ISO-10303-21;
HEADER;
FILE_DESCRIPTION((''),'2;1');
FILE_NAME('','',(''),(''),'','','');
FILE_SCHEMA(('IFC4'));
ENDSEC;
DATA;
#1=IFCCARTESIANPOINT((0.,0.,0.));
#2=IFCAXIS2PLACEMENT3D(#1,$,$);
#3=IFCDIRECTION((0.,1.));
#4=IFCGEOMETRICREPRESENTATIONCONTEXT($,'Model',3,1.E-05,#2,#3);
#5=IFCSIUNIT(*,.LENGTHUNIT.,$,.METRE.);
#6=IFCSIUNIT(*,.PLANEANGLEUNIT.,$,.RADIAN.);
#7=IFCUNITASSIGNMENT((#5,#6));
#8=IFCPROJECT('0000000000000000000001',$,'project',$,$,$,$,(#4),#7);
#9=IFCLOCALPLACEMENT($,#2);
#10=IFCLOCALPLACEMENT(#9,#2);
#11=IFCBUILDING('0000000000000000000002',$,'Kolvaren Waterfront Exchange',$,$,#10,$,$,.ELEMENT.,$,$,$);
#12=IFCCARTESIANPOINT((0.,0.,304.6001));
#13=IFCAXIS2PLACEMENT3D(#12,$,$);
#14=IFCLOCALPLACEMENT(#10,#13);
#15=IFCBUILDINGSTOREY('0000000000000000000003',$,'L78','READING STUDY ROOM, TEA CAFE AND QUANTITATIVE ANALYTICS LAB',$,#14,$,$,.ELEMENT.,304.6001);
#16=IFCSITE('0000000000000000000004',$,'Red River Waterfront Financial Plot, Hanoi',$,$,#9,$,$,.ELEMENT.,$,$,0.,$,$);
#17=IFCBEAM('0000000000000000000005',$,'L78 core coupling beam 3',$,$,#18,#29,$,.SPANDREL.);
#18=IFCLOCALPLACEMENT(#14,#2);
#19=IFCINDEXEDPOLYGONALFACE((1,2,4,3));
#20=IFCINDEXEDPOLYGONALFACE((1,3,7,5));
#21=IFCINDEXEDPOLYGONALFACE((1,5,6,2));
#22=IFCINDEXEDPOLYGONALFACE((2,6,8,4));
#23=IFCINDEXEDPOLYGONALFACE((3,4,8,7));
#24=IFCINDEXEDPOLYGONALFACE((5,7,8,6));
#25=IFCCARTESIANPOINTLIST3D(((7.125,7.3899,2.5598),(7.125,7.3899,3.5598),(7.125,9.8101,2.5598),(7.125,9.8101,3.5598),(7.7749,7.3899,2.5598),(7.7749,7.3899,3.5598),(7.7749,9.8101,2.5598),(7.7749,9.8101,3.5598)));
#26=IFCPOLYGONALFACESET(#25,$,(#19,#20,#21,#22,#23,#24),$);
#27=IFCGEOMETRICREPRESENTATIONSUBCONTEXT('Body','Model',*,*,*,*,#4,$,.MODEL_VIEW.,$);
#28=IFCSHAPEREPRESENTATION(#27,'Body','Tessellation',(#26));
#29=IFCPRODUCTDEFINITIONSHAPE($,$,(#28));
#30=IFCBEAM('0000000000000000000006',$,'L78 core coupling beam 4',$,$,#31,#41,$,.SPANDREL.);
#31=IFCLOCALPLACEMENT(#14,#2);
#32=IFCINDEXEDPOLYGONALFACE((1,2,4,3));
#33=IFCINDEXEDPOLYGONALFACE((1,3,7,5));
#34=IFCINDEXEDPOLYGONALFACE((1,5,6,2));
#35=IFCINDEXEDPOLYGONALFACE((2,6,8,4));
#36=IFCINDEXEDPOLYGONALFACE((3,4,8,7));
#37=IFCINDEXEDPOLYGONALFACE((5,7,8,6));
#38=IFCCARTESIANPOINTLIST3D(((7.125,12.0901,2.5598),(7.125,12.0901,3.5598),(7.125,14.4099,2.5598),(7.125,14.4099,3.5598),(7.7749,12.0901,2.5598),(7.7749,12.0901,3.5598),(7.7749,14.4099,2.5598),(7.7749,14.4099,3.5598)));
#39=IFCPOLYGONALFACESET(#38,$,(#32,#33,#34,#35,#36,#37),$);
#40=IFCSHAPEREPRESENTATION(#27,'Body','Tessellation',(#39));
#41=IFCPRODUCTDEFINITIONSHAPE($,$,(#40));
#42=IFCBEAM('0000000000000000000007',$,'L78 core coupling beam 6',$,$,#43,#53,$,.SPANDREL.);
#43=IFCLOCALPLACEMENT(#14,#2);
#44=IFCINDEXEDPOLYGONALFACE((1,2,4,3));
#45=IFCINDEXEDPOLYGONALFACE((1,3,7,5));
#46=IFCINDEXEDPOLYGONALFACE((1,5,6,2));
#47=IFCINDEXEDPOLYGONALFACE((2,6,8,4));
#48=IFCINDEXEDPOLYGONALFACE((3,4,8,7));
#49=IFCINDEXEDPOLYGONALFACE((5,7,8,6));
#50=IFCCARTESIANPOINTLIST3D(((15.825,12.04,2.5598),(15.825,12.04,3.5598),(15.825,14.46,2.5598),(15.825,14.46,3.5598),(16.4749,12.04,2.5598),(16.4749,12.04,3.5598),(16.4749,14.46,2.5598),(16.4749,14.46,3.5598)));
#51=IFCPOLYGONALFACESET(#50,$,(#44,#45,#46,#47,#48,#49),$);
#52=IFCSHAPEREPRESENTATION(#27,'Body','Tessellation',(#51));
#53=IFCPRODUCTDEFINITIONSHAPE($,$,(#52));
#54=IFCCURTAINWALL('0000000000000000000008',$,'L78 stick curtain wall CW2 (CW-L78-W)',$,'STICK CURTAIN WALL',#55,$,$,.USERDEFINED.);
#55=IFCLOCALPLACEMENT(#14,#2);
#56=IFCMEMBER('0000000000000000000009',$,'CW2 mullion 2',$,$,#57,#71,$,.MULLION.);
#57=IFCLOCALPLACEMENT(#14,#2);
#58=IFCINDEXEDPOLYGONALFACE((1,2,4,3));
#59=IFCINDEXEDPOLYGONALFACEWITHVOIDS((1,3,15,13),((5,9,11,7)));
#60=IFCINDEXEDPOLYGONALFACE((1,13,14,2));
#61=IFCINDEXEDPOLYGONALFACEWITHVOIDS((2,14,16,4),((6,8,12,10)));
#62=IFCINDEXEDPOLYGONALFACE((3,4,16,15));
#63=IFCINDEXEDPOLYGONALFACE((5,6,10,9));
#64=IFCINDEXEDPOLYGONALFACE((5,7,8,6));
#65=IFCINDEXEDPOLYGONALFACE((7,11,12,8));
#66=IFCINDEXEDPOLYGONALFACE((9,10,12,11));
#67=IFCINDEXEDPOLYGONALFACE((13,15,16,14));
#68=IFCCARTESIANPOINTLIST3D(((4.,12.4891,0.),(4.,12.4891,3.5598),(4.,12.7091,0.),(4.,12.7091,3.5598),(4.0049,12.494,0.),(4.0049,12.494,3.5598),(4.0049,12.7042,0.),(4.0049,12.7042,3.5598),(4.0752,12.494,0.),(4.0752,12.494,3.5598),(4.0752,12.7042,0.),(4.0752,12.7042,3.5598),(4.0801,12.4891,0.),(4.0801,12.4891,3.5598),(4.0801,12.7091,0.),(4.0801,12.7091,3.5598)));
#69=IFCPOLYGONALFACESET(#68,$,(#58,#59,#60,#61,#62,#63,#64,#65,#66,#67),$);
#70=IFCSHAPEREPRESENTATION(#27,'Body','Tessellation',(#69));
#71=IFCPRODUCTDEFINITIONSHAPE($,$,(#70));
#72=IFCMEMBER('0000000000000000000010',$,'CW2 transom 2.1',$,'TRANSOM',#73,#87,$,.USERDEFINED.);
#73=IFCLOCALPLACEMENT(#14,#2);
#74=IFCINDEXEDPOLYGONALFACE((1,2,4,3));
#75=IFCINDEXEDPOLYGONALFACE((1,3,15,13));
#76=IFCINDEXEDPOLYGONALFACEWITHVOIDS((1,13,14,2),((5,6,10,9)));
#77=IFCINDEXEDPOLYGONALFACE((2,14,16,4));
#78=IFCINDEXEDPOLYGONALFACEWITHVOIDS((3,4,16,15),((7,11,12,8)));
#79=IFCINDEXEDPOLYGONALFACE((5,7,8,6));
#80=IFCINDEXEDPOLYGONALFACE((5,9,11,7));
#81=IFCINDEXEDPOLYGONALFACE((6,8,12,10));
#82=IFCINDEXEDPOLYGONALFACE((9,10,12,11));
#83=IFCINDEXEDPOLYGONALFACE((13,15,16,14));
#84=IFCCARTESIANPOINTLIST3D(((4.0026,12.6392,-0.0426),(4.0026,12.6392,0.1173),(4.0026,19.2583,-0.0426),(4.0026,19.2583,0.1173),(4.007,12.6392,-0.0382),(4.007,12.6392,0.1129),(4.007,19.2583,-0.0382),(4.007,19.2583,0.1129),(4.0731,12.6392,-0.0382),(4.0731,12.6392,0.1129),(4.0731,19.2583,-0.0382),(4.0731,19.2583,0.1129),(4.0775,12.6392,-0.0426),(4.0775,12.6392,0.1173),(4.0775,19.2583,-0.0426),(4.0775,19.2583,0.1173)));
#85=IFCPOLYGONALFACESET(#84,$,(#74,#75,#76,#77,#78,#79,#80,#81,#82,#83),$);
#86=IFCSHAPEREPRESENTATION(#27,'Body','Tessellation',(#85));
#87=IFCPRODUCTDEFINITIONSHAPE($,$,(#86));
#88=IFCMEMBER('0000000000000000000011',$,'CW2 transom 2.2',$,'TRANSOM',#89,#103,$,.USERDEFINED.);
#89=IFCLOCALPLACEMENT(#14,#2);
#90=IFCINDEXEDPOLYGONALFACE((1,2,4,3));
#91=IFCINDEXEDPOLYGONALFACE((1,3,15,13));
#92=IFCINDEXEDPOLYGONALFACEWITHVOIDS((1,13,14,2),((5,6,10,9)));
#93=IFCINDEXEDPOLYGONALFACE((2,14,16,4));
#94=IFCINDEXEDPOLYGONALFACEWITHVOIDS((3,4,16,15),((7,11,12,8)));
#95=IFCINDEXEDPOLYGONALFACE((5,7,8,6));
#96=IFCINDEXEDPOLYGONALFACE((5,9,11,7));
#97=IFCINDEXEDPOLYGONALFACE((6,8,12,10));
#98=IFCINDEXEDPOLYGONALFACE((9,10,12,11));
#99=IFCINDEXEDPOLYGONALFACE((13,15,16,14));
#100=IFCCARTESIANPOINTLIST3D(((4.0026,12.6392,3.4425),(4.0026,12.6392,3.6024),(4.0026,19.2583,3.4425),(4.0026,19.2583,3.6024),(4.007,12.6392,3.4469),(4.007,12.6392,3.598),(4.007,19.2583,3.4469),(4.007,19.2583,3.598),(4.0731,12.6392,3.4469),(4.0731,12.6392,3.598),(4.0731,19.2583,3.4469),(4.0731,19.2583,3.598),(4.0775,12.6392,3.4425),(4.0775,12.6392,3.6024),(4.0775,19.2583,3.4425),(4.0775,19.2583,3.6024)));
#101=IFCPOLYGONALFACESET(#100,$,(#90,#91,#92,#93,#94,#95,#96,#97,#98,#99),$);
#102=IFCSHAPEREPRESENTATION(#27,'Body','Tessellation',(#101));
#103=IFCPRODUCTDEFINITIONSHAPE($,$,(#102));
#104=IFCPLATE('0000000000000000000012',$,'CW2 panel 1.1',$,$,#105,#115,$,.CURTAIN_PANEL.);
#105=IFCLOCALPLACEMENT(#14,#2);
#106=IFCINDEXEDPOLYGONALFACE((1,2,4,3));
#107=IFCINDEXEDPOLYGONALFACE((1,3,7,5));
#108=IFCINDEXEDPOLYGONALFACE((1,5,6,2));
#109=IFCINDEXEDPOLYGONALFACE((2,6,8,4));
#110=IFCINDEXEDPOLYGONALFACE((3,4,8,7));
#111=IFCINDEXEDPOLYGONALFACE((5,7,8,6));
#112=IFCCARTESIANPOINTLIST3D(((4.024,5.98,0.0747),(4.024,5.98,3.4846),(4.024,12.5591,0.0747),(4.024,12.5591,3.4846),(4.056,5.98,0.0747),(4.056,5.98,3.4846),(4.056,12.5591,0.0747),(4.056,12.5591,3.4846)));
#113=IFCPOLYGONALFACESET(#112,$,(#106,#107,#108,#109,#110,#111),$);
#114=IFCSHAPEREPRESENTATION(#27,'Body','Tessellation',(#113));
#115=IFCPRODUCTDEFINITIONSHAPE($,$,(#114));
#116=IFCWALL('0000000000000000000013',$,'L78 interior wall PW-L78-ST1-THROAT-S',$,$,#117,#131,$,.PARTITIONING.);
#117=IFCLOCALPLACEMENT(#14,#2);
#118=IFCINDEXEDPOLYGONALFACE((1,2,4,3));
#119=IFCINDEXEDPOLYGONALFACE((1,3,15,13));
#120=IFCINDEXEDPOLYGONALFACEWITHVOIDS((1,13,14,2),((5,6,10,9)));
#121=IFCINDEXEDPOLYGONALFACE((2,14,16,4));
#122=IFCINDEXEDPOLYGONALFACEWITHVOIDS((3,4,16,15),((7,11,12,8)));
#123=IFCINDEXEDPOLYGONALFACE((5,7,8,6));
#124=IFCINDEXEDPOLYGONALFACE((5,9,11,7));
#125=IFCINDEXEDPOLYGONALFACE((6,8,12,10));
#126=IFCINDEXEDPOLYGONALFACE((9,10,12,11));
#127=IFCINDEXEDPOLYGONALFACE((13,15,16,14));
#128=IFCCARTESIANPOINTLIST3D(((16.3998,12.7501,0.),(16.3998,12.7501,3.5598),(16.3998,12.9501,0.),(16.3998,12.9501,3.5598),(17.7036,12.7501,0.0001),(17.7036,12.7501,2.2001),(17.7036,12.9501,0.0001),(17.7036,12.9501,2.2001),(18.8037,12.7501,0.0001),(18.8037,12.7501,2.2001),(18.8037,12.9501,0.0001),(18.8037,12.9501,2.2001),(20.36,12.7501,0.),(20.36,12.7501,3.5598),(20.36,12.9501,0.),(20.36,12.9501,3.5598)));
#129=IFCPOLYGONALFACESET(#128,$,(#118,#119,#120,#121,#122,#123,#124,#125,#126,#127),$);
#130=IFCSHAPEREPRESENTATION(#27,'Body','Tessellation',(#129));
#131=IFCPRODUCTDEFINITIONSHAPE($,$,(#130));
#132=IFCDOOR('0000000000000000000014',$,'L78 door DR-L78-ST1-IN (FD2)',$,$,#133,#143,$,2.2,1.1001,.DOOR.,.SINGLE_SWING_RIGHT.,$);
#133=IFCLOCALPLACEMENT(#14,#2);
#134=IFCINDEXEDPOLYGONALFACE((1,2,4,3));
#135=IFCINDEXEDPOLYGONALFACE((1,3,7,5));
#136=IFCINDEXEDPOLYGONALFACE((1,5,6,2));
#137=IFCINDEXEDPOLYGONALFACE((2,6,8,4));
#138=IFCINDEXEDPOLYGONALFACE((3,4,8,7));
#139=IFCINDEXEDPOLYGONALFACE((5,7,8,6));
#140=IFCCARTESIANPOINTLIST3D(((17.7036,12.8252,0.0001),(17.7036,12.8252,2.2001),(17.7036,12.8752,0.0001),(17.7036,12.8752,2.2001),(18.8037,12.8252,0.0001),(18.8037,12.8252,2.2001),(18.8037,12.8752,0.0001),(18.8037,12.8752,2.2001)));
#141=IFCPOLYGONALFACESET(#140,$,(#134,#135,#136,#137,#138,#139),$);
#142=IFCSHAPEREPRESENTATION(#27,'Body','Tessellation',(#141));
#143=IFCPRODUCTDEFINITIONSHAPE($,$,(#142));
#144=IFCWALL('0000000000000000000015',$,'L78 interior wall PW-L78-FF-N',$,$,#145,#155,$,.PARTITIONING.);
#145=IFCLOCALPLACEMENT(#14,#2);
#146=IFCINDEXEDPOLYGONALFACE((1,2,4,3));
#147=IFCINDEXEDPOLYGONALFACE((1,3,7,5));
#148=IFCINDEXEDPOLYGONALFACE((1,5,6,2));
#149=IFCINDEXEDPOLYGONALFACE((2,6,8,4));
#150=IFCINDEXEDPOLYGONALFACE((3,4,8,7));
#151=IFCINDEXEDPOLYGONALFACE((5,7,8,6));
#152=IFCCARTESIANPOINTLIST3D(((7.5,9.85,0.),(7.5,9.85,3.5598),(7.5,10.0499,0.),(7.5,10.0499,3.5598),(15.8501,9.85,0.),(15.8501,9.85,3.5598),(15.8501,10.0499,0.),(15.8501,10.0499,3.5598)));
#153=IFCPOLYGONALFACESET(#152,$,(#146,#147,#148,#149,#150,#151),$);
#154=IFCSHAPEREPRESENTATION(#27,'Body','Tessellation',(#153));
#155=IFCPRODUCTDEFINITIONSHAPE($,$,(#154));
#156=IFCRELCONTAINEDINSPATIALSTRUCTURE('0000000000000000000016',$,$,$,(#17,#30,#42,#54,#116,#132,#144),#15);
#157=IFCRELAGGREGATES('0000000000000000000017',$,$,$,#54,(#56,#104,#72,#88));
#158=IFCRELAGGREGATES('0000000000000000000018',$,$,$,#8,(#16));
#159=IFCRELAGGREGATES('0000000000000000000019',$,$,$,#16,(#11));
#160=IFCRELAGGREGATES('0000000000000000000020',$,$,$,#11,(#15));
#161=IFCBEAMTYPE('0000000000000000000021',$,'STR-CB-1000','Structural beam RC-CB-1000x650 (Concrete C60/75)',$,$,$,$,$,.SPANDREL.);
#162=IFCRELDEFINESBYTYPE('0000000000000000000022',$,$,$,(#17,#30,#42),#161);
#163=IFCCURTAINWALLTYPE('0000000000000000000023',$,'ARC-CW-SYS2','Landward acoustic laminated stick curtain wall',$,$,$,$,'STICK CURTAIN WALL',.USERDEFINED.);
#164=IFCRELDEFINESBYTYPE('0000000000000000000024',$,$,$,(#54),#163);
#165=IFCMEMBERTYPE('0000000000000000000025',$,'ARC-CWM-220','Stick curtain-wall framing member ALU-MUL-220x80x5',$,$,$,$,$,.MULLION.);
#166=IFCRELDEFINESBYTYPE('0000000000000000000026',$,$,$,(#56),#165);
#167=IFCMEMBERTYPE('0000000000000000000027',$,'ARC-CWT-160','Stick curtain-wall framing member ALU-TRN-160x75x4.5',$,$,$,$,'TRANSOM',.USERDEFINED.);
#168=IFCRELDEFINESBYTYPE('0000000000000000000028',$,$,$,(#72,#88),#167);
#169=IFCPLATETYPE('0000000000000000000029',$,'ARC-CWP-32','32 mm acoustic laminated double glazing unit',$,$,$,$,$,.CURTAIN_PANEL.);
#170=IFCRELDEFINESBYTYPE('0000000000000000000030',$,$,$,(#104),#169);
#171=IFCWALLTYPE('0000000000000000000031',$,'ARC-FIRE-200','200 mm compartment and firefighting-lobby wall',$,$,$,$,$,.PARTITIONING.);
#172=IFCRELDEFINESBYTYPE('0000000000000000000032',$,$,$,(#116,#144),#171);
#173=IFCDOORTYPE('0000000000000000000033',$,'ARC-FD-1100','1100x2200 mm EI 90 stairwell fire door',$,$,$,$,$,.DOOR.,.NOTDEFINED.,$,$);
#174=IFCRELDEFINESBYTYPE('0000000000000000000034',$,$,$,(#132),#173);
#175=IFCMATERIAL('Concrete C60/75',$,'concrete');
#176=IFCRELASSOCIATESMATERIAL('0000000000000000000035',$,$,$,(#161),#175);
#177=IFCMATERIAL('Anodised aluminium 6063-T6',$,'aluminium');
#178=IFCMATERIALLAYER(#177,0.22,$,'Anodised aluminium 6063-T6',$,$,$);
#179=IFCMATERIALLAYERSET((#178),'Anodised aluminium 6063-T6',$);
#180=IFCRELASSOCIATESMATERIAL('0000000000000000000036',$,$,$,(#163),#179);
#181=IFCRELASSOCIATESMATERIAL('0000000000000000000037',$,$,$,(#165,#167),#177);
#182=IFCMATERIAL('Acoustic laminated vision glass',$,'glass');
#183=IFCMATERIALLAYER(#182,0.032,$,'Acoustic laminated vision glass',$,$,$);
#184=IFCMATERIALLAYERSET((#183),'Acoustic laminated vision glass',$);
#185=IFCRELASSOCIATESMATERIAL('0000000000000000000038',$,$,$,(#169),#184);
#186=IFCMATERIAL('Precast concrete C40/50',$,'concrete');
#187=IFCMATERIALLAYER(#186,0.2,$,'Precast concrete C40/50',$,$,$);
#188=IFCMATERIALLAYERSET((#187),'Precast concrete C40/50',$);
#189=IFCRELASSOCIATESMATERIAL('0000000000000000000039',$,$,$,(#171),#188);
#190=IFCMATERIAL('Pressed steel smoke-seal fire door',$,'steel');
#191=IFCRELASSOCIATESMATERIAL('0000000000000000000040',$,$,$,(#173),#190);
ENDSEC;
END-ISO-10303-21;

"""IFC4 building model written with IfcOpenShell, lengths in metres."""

from ifc_helpers import new_model, si_unit, direction, frame, frame_2d, origin, origin_with_axes, origin_2d, place, context, subcontext, project, spatial, rectangle, hollow_rectangle, extrude, source, transform, mapped, material, layer, layer_set, material_profile, profile_set, type_object, element, fill, aggregate, save


model = new_model("IFC4")

# Units and contexts
model_context = context("Model", 3, precision=1e-05, world=origin(), true_north=direction((0.0, 1.0)))
body_context = subcontext(model_context, "Body", "Model", "MODEL_VIEW")
ifc_project = project(units=[si_unit("LENGTHUNIT", "METRE"), si_unit("PLANEANGLEUNIT", "RADIAN")], contexts=[model_context])

# Site, building, storey
site_placement = place(None, origin())
site = spatial("IfcSite", under=ifc_project, at=site_placement, Name="Red River Waterfront Financial Plot, Hanoi", CompositionType="ELEMENT", RefElevation=0.0)
building_placement = place(site_placement, origin())
building = spatial("IfcBuilding", under=site, at=building_placement, Name="Kolvaren Waterfront Exchange", CompositionType="ELEMENT")
storey_placement = place(building_placement, frame((0.0, 0.0, 304.6001)))
storey = spatial("IfcBuildingStorey", under=building, at=storey_placement, Name="L78", Description="READING STUDY ROOM, TEA CAFE AND QUANTITATIVE ANALYTICS LAB", CompositionType="ELEMENT", Elevation=304.6001)

# Beams
ifc_material_1 = material(Name="Concrete C60/75", Category="concrete")
ifc_material_profile_1 = material_profile(ifc_material_1, rectangle(XDim=0.6499, YDim=1.0, at=origin_2d()), Name="RC-CB-1000x650")
ifc_profile_set_1 = profile_set([ifc_material_profile_1], Name="Concrete C60/75")
beam_type = type_object("IfcBeamType", Name="STR-CB-1000", Description="Structural beam RC-CB-1000x650 (Concrete C60/75)", PredefinedType="SPANDREL", material=ifc_profile_set_1)
beam_1_placement = place(storey_placement, frame((7.45, 7.3899, 3.0598), z_axis=(0.0, 1.0, 0.0), x_axis=(-1.0, 0.0, 0.0)))
element("IfcBeam", 1, at=beam_1_placement, inside=storey, type_object=beam_type, Name="L78 core coupling beam 3", PredefinedType="SPANDREL", context=body_context, shape_type="SweptSolid", body=[
    extrude(rectangle(XDim=0.6499, YDim=1.0, at=origin_2d()), origin(), (0.0, 0.0, 1.0), 2.4202),
])
beam_2_placement = place(storey_placement, frame((7.45, 12.0901, 3.0598), z_axis=(0.0, 1.0, 0.0), x_axis=(-1.0, 0.0, 0.0)))
element("IfcBeam", 2, at=beam_2_placement, inside=storey, type_object=beam_type, Name="L78 core coupling beam 4", PredefinedType="SPANDREL", context=body_context, shape_type="SweptSolid", body=[
    extrude(rectangle(XDim=0.6499, YDim=1.0, at=origin_2d()), origin(), (0.0, 0.0, 1.0), 2.3198),
])
beam_3_placement = place(storey_placement, frame((16.1499, 12.04, 3.0598), z_axis=(0.0, 1.0, 0.0), x_axis=(-1.0, 0.0, 0.0)))
element("IfcBeam", 3, at=beam_3_placement, inside=storey, type_object=beam_type, Name="L78 core coupling beam 6", PredefinedType="SPANDREL", context=body_context, shape_type="SweptSolid", body=[
    extrude(rectangle(XDim=0.6499, YDim=1.0, at=origin_2d()), origin(), (0.0, 0.0, 1.0), 2.4199),
])

# Curtain wall, members, plate
ifc_material_2 = material(Name="Anodised aluminium 6063-T6", Category="aluminium")
ifc_layer_1 = layer(ifc_material_2, 0.22, Name="Anodised aluminium 6063-T6")
ifc_layer_set_1 = layer_set([ifc_layer_1], Name="Anodised aluminium 6063-T6")
curtain_wall_type = type_object("IfcCurtainWallType", Name="ARC-CW-SYS2", Description="Landward acoustic laminated stick curtain wall", ElementType="STICK CURTAIN WALL", PredefinedType="USERDEFINED", material=ifc_layer_set_1)
curtain_wall_placement = place(storey_placement, origin())
curtain_wall = element("IfcCurtainWall", 4, at=curtain_wall_placement, inside=storey, type_object=curtain_wall_type, Name="L78 stick curtain wall CW2 (CW-L78-W)", ObjectType="STICK CURTAIN WALL", PredefinedType="USERDEFINED")
ifc_material_profile_2 = material_profile(ifc_material_2, hollow_rectangle(XDim=0.0801, YDim=0.22, WallThickness=0.0049, at=origin_2d()), Name="ALU-MUL-220x80x5")
ifc_profile_set_2 = profile_set([ifc_material_profile_2], Name="Anodised aluminium 6063-T6")
member_type_1 = type_object("IfcMemberType", Name="ARC-CWM-220", Description="Stick curtain-wall framing member ALU-MUL-220x80x5", PredefinedType="MULLION", material=ifc_profile_set_2)
shared_shape_1 = source(origin_with_axes(), body_context, "Body", "SweptSolid", [
    extrude(hollow_rectangle(XDim=0.0801, YDim=0.22, WallThickness=0.0049, at=origin_2d()), origin(), (0.0, 0.0, 1.0), 3.5598),
])
member_1_placement = place(storey_placement, frame((4.04, 12.5991, 0.0), z_axis=(0.0, 0.0, 1.0), x_axis=(-1.0, 0.0, 0.0)))
member_1 = element("IfcMember", 5, at=member_1_placement, type_object=member_type_1, Name="CW2 mullion 2", PredefinedType="MULLION", context=body_context, shape_type="MappedRepresentation", body=[
    mapped(shared_shape_1, transform((0.0, 0.0, 0.0), x_axis=(1.0, 0.0, 0.0), y_axis=(0.0, 1.0, 0.0), z_axis=(0.0, 0.0, 1.0), scale=1.0)),
])
ifc_material_profile_3 = material_profile(ifc_material_2, hollow_rectangle(XDim=0.075, YDim=0.1599, WallThickness=0.0044, at=origin_2d()), Name="ALU-TRN-160x75x4.5")
ifc_profile_set_3 = profile_set([ifc_material_profile_3], Name="Anodised aluminium 6063-T6")
member_type_2 = type_object("IfcMemberType", Name="ARC-CWT-160", Description="Stick curtain-wall framing member ALU-TRN-160x75x4.5", ElementType="TRANSOM", PredefinedType="USERDEFINED", material=ifc_profile_set_3)
shared_shape_2 = source(origin_with_axes(), body_context, "Body", "SweptSolid", [
    extrude(hollow_rectangle(XDim=0.075, YDim=0.1599, WallThickness=0.0044, at=origin_2d()), origin(), (0.0, 0.0, 1.0), 6.6191),
])
member_2_placement = place(storey_placement, frame((4.04, 12.6392, 0.0374), z_axis=(0.0, 1.0, 0.0), x_axis=(-1.0, 0.0, 0.0)))
member_2 = element("IfcMember", 6, at=member_2_placement, type_object=member_type_2, Name="CW2 transom 2.1", ObjectType="TRANSOM", PredefinedType="USERDEFINED", context=body_context, shape_type="MappedRepresentation", body=[
    mapped(shared_shape_2, transform((0.0, 0.0, 0.0), x_axis=(1.0, 0.0, 0.0), y_axis=(0.0, 1.0, 0.0), z_axis=(0.0, 0.0, 1.0), scale=1.0)),
])
member_3_placement = place(storey_placement, frame((4.04, 12.6392, 3.5225), z_axis=(0.0, 1.0, 0.0), x_axis=(-1.0, 0.0, 0.0)))
member_3 = element("IfcMember", 7, at=member_3_placement, type_object=member_type_2, Name="CW2 transom 2.2", ObjectType="TRANSOM", PredefinedType="USERDEFINED", context=body_context, shape_type="MappedRepresentation", body=[
    mapped(shared_shape_2, transform((0.0, 0.0, 0.0), x_axis=(1.0, 0.0, 0.0), y_axis=(0.0, 1.0, 0.0), z_axis=(0.0, 0.0, 1.0), scale=1.0)),
])
ifc_material_3 = material(Name="Acoustic laminated vision glass", Category="glass")
ifc_layer_2 = layer(ifc_material_3, 0.032, Name="Acoustic laminated vision glass")
ifc_layer_set_2 = layer_set([ifc_layer_2], Name="Acoustic laminated vision glass")
plate_type = type_object("IfcPlateType", Name="ARC-CWP-32", Description="32 mm acoustic laminated double glazing unit", PredefinedType="CURTAIN_PANEL", material=ifc_layer_set_2)
shared_shape_3 = source(origin_with_axes(), body_context, "Body", "SweptSolid", [
    extrude(rectangle(XDim=6.5791, YDim=0.032, at=origin_2d()), origin(), (0.0, 0.0, 1.0), 3.4099),
])
plate_placement = place(storey_placement, frame((4.04, 9.2695, 0.0747), z_axis=(0.0, 0.0, 1.0), x_axis=(0.0, 1.0, 0.0)))
plate = element("IfcPlate", 8, at=plate_placement, type_object=plate_type, Name="CW2 panel 1.1", PredefinedType="CURTAIN_PANEL", context=body_context, shape_type="MappedRepresentation", body=[
    mapped(shared_shape_3, transform((0.0, 0.0, 0.0), x_axis=(1.0, 0.0, 0.0), y_axis=(0.0, 1.0, 0.0), z_axis=(0.0, 0.0, 1.0), scale=1.0)),
])
aggregate(curtain_wall, [member_1, plate, member_2, member_3])

# Wall, opening, door
ifc_material_4 = material(Name="Precast concrete C40/50", Category="concrete")
ifc_layer_3 = layer(ifc_material_4, 0.2, Name="Precast concrete C40/50")
ifc_layer_set_3 = layer_set([ifc_layer_3], Name="Precast concrete C40/50")
wall_type_1 = type_object("IfcWallType", Name="ARC-FIRE-200", Description="200 mm compartment and firefighting-lobby wall", PredefinedType="PARTITIONING", material=ifc_layer_set_3)
wall_1_placement = place(storey_placement, frame((16.3999, 12.8501, 0.0), z_axis=(0.0, 0.0, 1.0), x_axis=(1.0, 0.0, 0.0)))
wall_1 = element("IfcWall", 9, at=wall_1_placement, inside=storey, type_object=wall_type_1, Name="L78 interior wall PW-L78-ST1-THROAT-S", PredefinedType="PARTITIONING", context=body_context, shape_type="SweptSolid", body=[
    extrude(rectangle(XDim=3.9602, YDim=0.2, at=frame_2d((1.98, 0.0))), origin(), (0.0, 0.0, 1.0), 3.5598),
])
opening_1_placement = place(wall_1_placement, frame((1.3037, 0.0, 0.0)))
opening_1 = element("IfcOpeningElement", 10, at=opening_1_placement, cuts=wall_1, PredefinedType="OPENING", context=body_context, shape_type="SweptSolid", body=[
    extrude(rectangle(XDim=1.1001, YDim=2.2, at=frame_2d((0.55, 1.1001))), frame((0.0, 0.1099, 0.0), z_axis=(0.0, -1.0, 0.0), x_axis=(1.0, 0.0, 0.0)), (0.0, 0.0, 1.0), 0.22),
])
ifc_material_5 = material(Name="Pressed steel smoke-seal fire door", Category="steel")
door_type_1 = type_object("IfcDoorType", Name="ARC-FD-1100", Description="1100x2200 mm EI 90 stairwell fire door", OperationType="NOTDEFINED", PredefinedType="DOOR", material=ifc_material_5)
door_1_placement = place(opening_1_placement, frame((1.1001, 0.0, 0.0), z_axis=(0.0, 0.0, 1.0), x_axis=(-1.0, 0.0, 0.0)))
door_1 = element("IfcDoor", 11, at=door_1_placement, inside=storey, type_object=door_type_1, Name="L78 door DR-L78-ST1-IN (FD2)", OperationType="SINGLE_SWING_RIGHT", OverallHeight=2.2, OverallWidth=1.1001, PredefinedType="DOOR", context=body_context, shape_type="SweptSolid", body=[
    extrude(rectangle(XDim=1.1001, YDim=2.2, at=frame_2d((0.55, 1.1001))), frame((0.0, 0.0249, 0.0), z_axis=(0.0, -1.0, 0.0), x_axis=(1.0, 0.0, 0.0)), (0.0, 0.0, 1.0), 0.05),
])
fill(opening_1, door_1)

# Wall
wall_2_placement = place(storey_placement, frame((7.5, 9.95, 0.0), z_axis=(0.0, 0.0, 1.0), x_axis=(1.0, 0.0, 0.0)))
element("IfcWall", 12, at=wall_2_placement, inside=storey, type_object=wall_type_1, Name="L78 interior wall PW-L78-FF-N", PredefinedType="PARTITIONING", context=body_context, shape_type="SweptSolid", body=[
    extrude(rectangle(XDim=8.3501, YDim=0.2, at=frame_2d((4.175, 0.0))), origin(), (0.0, 0.0, 1.0), 3.5598),
])

save(model, "model.ifc")
